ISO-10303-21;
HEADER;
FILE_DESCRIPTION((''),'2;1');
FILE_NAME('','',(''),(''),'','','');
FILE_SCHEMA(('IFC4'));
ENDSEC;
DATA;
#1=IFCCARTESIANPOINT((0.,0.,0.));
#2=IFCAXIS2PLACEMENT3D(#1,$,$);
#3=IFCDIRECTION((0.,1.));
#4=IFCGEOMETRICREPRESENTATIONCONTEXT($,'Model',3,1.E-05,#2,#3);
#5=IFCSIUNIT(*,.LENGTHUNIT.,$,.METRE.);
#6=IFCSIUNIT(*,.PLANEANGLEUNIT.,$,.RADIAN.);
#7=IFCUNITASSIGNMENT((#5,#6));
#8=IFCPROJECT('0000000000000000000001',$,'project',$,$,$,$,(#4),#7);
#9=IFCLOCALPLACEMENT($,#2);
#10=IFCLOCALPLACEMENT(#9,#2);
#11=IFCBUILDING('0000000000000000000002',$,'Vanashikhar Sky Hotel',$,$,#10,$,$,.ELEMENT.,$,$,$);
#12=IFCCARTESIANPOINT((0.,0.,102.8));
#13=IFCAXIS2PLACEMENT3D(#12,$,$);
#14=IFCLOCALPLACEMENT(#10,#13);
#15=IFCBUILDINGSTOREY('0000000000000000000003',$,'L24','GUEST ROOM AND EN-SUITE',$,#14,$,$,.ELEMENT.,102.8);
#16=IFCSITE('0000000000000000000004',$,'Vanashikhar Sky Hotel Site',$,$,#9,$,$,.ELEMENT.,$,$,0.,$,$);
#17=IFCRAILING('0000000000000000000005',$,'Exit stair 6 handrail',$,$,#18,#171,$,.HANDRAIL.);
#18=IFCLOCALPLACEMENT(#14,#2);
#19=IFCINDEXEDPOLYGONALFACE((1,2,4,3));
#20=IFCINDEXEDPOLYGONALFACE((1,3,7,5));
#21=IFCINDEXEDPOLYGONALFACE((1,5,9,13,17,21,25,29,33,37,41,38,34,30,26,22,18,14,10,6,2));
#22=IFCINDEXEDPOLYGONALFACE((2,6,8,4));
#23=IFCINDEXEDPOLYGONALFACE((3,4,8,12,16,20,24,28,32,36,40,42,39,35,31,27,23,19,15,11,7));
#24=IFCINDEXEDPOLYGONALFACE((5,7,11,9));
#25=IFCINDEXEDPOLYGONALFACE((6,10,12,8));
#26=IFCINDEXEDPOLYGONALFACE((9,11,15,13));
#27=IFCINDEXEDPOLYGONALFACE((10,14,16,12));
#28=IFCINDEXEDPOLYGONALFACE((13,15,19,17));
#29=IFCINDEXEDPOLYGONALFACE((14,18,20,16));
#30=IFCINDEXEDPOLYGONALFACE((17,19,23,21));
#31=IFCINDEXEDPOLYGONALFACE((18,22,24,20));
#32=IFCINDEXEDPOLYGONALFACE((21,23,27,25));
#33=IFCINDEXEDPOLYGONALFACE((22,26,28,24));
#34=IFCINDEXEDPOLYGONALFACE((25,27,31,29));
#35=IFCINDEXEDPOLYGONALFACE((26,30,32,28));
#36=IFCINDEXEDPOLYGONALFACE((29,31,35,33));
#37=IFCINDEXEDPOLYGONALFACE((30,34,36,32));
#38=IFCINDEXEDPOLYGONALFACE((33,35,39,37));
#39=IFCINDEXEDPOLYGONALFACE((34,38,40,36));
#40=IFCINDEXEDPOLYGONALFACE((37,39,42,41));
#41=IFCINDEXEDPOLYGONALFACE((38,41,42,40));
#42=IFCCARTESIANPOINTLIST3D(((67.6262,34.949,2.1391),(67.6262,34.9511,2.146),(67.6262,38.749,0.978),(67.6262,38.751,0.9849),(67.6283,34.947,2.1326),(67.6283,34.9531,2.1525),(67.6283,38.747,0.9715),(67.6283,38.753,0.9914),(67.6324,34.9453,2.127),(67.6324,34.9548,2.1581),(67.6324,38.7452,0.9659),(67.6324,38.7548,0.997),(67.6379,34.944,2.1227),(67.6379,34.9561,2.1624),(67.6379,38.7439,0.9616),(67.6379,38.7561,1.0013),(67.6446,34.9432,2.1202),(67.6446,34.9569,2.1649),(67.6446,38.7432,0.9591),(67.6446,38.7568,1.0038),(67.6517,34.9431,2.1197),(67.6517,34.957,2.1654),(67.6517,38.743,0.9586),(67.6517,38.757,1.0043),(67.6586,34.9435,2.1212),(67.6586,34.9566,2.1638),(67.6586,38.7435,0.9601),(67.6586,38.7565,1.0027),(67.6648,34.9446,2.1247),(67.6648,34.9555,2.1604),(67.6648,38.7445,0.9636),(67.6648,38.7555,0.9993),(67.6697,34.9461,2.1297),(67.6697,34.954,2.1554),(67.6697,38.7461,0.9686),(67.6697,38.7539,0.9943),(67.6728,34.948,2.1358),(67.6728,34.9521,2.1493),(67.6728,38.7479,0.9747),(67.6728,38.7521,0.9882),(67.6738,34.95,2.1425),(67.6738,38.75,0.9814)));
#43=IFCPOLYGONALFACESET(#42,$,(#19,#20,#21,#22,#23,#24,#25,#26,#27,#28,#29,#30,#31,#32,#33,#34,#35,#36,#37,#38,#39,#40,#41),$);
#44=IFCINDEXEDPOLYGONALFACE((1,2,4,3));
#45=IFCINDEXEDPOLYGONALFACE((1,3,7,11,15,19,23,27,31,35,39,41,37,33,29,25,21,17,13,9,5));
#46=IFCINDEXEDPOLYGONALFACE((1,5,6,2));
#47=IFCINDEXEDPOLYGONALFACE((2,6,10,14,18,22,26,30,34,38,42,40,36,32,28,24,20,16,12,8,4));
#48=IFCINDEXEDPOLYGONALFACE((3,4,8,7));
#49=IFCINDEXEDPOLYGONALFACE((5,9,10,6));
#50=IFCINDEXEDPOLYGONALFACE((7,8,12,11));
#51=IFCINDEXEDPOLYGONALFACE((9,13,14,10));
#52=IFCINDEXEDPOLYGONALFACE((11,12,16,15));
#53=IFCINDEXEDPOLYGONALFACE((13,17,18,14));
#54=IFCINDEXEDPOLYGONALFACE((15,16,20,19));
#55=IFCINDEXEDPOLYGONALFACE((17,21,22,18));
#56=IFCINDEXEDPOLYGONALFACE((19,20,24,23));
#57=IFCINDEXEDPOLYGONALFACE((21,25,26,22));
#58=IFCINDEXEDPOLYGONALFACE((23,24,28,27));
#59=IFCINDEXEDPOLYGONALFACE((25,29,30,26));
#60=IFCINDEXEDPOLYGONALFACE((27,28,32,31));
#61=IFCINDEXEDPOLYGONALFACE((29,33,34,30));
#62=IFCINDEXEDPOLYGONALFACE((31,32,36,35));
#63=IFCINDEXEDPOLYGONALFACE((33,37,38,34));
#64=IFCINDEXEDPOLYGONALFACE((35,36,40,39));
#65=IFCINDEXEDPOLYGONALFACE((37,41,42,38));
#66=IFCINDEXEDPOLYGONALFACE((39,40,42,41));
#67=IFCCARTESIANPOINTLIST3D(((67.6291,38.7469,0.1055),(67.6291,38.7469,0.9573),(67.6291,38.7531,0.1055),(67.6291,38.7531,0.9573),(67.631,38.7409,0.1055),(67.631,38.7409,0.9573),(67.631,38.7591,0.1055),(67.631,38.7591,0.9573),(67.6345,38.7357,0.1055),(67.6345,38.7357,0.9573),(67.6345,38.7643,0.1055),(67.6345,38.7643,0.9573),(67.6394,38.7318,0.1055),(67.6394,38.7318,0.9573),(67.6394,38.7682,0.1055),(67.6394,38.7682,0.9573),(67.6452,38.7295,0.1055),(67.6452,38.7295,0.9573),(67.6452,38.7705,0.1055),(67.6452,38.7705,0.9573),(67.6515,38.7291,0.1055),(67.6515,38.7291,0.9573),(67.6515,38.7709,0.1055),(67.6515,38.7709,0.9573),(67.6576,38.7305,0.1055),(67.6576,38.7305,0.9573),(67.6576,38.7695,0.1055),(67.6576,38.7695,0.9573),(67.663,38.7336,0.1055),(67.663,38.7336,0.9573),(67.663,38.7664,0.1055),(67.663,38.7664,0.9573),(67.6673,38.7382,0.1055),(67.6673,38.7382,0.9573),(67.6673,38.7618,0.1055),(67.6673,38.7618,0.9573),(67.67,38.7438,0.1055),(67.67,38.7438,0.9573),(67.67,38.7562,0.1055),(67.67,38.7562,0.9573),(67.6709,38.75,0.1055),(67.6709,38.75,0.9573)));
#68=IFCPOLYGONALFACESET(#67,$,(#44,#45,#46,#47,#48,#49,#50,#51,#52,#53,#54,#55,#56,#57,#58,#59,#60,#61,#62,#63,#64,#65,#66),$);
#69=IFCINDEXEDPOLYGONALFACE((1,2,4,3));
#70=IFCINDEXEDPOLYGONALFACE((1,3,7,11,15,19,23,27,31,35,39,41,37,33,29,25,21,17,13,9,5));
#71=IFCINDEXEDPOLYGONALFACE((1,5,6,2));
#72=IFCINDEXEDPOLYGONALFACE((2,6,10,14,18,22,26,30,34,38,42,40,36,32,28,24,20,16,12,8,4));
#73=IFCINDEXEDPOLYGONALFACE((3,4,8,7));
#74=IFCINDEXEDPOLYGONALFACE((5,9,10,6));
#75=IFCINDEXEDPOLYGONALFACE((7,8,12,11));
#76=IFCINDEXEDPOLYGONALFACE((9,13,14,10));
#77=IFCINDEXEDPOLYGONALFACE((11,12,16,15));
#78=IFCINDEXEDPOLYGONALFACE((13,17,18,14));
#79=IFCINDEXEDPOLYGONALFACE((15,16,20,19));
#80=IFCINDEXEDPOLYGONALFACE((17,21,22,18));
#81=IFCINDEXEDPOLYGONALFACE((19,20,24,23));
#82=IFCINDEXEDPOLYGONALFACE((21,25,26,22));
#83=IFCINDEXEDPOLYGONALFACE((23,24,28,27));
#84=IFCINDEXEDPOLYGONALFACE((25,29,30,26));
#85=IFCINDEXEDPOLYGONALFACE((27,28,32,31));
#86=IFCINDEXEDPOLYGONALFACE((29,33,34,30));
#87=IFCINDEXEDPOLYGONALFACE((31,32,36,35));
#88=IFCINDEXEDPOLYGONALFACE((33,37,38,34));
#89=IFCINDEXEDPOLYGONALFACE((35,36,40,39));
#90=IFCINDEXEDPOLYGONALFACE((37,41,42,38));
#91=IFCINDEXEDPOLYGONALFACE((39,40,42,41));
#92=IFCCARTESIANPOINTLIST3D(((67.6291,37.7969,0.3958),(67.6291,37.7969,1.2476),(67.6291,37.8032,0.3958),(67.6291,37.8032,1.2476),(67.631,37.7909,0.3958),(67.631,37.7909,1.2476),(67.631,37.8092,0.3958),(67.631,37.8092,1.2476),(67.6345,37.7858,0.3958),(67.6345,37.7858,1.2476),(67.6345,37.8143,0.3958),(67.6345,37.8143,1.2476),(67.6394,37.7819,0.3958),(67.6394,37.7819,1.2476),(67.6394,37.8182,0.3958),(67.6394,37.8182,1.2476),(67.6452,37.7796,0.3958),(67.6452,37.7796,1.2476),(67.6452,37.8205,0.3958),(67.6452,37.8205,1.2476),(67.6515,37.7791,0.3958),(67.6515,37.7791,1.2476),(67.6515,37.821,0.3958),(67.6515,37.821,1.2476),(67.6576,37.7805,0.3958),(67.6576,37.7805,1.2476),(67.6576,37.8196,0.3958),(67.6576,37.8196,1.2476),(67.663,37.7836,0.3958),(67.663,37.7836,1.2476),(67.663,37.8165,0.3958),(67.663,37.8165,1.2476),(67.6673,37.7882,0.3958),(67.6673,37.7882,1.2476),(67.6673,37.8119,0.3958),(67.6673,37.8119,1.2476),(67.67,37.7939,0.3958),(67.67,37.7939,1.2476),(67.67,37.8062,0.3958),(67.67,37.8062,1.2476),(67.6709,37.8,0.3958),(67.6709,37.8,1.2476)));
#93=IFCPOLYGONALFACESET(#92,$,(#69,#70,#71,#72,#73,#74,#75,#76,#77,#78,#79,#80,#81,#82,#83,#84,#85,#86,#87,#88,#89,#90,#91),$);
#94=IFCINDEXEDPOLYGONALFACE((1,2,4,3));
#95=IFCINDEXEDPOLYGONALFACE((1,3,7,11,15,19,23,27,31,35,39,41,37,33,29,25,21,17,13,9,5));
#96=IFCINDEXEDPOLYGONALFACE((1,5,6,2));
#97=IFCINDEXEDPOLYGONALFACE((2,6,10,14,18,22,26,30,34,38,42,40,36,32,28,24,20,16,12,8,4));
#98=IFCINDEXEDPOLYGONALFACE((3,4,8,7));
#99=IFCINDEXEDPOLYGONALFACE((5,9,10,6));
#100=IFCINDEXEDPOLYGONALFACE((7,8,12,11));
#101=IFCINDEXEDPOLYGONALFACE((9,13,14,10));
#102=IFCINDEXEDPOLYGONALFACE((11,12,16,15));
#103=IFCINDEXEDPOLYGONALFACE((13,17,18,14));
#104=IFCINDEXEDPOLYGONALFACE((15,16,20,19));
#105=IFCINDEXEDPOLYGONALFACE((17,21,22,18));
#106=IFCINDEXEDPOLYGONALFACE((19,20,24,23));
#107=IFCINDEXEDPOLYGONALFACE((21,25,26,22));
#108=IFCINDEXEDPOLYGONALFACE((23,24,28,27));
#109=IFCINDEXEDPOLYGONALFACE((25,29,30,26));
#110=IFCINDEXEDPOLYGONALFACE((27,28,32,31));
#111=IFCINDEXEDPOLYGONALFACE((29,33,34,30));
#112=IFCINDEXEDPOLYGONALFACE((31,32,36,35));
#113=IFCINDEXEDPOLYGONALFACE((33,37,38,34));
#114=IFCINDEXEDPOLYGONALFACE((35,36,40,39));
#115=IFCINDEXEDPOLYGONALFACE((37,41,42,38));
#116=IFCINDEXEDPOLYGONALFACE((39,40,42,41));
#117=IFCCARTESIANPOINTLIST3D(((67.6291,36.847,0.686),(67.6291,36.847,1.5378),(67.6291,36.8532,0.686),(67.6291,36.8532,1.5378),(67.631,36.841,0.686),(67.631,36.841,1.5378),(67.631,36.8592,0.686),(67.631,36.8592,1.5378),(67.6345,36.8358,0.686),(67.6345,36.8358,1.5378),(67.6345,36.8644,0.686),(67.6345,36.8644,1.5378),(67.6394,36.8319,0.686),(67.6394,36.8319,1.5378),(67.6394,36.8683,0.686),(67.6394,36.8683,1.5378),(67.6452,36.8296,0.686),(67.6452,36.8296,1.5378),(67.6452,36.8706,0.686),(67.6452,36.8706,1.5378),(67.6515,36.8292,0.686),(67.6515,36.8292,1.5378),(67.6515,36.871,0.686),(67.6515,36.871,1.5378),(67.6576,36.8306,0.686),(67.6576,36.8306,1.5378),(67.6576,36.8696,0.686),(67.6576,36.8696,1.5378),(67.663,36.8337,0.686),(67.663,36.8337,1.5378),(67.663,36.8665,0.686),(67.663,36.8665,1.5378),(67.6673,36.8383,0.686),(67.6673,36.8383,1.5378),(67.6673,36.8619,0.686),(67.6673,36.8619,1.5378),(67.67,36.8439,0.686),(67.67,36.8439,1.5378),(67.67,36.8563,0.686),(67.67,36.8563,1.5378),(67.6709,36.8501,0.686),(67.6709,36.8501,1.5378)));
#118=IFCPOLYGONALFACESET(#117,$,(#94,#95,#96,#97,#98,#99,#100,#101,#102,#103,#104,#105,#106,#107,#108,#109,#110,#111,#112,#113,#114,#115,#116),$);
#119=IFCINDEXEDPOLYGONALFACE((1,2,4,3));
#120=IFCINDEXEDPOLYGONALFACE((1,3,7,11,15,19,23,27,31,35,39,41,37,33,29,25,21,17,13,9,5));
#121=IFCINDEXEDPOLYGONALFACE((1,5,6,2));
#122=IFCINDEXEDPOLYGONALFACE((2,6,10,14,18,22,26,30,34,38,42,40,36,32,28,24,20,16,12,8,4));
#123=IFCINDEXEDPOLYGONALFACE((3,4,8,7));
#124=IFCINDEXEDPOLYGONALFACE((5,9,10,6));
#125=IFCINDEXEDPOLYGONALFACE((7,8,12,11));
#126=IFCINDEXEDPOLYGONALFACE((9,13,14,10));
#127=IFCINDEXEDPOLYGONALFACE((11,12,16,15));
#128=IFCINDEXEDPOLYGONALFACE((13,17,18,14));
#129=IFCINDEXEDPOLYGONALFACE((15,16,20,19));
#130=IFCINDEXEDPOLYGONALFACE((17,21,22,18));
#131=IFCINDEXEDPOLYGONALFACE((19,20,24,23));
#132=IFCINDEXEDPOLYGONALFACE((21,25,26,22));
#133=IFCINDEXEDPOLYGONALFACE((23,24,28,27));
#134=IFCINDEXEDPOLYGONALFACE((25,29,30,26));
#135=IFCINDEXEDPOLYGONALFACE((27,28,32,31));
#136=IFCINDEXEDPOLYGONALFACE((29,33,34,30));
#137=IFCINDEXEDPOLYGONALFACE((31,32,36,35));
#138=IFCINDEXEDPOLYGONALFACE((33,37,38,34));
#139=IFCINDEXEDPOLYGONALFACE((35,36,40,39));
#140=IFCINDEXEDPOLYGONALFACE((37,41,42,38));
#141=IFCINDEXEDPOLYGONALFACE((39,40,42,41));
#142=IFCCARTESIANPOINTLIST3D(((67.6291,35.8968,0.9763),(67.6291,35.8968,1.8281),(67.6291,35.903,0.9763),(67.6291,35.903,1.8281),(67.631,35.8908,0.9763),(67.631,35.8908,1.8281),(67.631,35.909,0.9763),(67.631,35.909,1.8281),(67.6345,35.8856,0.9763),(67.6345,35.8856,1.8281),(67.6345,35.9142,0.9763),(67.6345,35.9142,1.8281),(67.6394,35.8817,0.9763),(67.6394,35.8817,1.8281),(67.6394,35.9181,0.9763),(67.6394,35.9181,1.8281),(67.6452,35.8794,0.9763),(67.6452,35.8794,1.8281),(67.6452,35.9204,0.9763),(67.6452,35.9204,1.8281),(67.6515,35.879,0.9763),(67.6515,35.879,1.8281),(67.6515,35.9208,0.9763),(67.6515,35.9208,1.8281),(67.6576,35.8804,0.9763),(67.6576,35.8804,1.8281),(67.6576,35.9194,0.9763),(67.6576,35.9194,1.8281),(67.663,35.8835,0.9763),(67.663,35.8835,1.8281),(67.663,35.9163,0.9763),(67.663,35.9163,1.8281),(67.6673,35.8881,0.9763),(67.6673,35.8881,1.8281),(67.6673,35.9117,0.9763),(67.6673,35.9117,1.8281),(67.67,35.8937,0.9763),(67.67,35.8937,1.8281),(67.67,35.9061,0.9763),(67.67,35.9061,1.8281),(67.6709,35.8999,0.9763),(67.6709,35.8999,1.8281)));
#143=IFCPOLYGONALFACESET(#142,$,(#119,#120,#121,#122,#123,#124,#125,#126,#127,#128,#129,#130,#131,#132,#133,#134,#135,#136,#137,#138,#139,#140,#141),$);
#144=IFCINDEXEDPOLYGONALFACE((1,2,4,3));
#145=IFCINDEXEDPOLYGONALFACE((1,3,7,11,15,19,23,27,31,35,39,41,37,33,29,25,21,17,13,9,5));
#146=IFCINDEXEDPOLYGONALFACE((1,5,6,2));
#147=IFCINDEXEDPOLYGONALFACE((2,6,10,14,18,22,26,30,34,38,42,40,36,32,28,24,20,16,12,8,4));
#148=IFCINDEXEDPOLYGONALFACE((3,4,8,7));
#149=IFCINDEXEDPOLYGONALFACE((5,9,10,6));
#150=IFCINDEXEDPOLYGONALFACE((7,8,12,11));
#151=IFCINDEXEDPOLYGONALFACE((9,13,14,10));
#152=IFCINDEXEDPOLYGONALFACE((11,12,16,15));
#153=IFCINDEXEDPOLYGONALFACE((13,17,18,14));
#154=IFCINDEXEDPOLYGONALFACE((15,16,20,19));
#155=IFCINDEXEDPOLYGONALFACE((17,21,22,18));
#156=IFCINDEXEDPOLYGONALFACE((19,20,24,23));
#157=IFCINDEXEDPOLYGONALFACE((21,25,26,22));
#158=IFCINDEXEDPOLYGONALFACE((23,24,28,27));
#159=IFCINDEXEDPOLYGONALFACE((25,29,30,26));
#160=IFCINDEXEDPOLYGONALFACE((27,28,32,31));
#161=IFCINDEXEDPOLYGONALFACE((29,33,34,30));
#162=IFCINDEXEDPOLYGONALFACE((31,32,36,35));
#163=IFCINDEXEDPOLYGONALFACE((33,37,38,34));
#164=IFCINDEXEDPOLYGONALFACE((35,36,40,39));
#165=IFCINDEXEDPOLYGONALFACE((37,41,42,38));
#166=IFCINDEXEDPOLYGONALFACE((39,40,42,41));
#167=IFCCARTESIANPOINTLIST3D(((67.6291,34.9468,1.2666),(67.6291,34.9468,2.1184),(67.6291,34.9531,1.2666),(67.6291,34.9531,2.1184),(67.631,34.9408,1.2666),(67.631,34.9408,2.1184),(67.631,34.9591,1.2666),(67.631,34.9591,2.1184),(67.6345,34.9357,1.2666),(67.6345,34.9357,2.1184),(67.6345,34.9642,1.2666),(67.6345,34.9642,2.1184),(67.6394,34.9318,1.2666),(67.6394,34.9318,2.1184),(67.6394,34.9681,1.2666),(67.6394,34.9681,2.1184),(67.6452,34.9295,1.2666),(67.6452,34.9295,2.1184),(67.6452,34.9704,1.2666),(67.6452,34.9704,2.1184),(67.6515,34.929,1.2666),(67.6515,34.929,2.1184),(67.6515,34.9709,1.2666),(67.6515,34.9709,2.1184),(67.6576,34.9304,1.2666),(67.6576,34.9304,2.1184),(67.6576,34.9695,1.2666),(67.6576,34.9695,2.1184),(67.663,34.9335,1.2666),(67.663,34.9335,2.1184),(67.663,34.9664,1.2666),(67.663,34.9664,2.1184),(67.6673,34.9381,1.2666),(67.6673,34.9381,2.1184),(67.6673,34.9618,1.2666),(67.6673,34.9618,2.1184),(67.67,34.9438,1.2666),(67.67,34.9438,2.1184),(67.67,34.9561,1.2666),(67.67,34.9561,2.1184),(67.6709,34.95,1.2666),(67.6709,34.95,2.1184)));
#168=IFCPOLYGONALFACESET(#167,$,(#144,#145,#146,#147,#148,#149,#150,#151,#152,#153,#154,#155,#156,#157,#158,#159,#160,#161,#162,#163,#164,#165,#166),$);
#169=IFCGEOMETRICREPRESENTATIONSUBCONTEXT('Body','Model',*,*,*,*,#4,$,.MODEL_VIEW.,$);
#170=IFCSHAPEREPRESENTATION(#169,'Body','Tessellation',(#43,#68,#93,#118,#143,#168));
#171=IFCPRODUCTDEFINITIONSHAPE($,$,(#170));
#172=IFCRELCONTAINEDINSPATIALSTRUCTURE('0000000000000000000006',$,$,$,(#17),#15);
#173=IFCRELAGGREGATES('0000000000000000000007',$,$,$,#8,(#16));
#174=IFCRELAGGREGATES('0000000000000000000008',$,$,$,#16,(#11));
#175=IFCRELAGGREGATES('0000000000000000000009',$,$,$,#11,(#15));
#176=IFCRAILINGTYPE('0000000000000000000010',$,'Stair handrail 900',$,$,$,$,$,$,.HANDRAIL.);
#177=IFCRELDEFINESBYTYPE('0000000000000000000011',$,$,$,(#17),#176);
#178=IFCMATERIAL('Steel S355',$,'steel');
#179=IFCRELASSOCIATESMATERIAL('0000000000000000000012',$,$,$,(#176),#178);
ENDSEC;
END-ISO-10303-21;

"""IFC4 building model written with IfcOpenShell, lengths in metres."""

from ifc_helpers import new_model, si_unit, direction, frame, origin, origin_2d, place, context, subcontext, project, spatial, circle, extrude, source, transform, mapped, material, type_object, element, save


model = new_model("IFC4")

# Units and contexts
model_context = context("Model", 3, precision=1e-05, world=origin(), true_north=direction((0.0, 1.0)))
body_context = subcontext(model_context, "Body", "Model", "MODEL_VIEW")
ifc_project = project(units=[si_unit("LENGTHUNIT", "METRE"), si_unit("PLANEANGLEUNIT", "RADIAN")], contexts=[model_context])

# Site, building, storey
site_placement = place(None, origin())
site = spatial("IfcSite", under=ifc_project, at=site_placement, Name="Vanashikhar Sky Hotel Site", CompositionType="ELEMENT", RefElevation=0.0)
building_placement = place(site_placement, origin())
building = spatial("IfcBuilding", under=site, at=building_placement, Name="Vanashikhar Sky Hotel", CompositionType="ELEMENT")
storey_placement = place(building_placement, frame((0.0, 0.0, 102.8)))
storey = spatial("IfcBuildingStorey", under=building, at=storey_placement, Name="L24", Description="GUEST ROOM AND EN-SUITE", CompositionType="ELEMENT", Elevation=102.8)

# Railing
ifc_material_1 = material(Name="Steel S355", Category="steel")
railing_type_1 = type_object("IfcRailingType", Name="Stair handrail 900", PredefinedType="HANDRAIL", material=ifc_material_1)
shared_shape_1 = source(origin(), body_context, "Body", "SweptSolid", [
    extrude(circle(Radius=0.0239, at=origin_2d()), frame((0.0, 0.0, 0.876), z_axis=(0.0, -0.956351, 0.29222), x_axis=(1.0, 0.0, 0.0)), (0.0, 0.0, 1.0), 3.9734),
    extrude(circle(Radius=0.021, at=origin_2d()), origin(), (0.0, 0.0, 1.0), 0.8518),
    extrude(circle(Radius=0.021, at=origin_2d()), frame((0.0, -0.95, 0.2903)), (0.0, 0.0, 1.0), 0.8518),
    extrude(circle(Radius=0.021, at=origin_2d()), frame((0.0, -1.8999, 0.5806)), (0.0, 0.0, 1.0), 0.8518),
    extrude(circle(Radius=0.021, at=origin_2d()), frame((0.0, -2.8501, 0.8708)), (0.0, 0.0, 1.0), 0.8518),
    extrude(circle(Radius=0.021, at=origin_2d()), frame((0.0, -3.8, 1.1611)), (0.0, 0.0, 1.0), 0.8518),
])
for number, where, name in (
    (1, (67.6499, 38.75, 0.1055), "Exit stair 6 handrail"),
):
    element("IfcRailing", number, at=place(storey_placement, frame(where)), inside=storey, type_object=railing_type_1, Name=name, PredefinedType="HANDRAIL", context=body_context, shape_type="MappedRepresentation", body=[
        mapped(shared_shape_1, transform((0.0, 0.0, 0.0), scale=1.0)),
    ])

save(model, "model.ifc")
